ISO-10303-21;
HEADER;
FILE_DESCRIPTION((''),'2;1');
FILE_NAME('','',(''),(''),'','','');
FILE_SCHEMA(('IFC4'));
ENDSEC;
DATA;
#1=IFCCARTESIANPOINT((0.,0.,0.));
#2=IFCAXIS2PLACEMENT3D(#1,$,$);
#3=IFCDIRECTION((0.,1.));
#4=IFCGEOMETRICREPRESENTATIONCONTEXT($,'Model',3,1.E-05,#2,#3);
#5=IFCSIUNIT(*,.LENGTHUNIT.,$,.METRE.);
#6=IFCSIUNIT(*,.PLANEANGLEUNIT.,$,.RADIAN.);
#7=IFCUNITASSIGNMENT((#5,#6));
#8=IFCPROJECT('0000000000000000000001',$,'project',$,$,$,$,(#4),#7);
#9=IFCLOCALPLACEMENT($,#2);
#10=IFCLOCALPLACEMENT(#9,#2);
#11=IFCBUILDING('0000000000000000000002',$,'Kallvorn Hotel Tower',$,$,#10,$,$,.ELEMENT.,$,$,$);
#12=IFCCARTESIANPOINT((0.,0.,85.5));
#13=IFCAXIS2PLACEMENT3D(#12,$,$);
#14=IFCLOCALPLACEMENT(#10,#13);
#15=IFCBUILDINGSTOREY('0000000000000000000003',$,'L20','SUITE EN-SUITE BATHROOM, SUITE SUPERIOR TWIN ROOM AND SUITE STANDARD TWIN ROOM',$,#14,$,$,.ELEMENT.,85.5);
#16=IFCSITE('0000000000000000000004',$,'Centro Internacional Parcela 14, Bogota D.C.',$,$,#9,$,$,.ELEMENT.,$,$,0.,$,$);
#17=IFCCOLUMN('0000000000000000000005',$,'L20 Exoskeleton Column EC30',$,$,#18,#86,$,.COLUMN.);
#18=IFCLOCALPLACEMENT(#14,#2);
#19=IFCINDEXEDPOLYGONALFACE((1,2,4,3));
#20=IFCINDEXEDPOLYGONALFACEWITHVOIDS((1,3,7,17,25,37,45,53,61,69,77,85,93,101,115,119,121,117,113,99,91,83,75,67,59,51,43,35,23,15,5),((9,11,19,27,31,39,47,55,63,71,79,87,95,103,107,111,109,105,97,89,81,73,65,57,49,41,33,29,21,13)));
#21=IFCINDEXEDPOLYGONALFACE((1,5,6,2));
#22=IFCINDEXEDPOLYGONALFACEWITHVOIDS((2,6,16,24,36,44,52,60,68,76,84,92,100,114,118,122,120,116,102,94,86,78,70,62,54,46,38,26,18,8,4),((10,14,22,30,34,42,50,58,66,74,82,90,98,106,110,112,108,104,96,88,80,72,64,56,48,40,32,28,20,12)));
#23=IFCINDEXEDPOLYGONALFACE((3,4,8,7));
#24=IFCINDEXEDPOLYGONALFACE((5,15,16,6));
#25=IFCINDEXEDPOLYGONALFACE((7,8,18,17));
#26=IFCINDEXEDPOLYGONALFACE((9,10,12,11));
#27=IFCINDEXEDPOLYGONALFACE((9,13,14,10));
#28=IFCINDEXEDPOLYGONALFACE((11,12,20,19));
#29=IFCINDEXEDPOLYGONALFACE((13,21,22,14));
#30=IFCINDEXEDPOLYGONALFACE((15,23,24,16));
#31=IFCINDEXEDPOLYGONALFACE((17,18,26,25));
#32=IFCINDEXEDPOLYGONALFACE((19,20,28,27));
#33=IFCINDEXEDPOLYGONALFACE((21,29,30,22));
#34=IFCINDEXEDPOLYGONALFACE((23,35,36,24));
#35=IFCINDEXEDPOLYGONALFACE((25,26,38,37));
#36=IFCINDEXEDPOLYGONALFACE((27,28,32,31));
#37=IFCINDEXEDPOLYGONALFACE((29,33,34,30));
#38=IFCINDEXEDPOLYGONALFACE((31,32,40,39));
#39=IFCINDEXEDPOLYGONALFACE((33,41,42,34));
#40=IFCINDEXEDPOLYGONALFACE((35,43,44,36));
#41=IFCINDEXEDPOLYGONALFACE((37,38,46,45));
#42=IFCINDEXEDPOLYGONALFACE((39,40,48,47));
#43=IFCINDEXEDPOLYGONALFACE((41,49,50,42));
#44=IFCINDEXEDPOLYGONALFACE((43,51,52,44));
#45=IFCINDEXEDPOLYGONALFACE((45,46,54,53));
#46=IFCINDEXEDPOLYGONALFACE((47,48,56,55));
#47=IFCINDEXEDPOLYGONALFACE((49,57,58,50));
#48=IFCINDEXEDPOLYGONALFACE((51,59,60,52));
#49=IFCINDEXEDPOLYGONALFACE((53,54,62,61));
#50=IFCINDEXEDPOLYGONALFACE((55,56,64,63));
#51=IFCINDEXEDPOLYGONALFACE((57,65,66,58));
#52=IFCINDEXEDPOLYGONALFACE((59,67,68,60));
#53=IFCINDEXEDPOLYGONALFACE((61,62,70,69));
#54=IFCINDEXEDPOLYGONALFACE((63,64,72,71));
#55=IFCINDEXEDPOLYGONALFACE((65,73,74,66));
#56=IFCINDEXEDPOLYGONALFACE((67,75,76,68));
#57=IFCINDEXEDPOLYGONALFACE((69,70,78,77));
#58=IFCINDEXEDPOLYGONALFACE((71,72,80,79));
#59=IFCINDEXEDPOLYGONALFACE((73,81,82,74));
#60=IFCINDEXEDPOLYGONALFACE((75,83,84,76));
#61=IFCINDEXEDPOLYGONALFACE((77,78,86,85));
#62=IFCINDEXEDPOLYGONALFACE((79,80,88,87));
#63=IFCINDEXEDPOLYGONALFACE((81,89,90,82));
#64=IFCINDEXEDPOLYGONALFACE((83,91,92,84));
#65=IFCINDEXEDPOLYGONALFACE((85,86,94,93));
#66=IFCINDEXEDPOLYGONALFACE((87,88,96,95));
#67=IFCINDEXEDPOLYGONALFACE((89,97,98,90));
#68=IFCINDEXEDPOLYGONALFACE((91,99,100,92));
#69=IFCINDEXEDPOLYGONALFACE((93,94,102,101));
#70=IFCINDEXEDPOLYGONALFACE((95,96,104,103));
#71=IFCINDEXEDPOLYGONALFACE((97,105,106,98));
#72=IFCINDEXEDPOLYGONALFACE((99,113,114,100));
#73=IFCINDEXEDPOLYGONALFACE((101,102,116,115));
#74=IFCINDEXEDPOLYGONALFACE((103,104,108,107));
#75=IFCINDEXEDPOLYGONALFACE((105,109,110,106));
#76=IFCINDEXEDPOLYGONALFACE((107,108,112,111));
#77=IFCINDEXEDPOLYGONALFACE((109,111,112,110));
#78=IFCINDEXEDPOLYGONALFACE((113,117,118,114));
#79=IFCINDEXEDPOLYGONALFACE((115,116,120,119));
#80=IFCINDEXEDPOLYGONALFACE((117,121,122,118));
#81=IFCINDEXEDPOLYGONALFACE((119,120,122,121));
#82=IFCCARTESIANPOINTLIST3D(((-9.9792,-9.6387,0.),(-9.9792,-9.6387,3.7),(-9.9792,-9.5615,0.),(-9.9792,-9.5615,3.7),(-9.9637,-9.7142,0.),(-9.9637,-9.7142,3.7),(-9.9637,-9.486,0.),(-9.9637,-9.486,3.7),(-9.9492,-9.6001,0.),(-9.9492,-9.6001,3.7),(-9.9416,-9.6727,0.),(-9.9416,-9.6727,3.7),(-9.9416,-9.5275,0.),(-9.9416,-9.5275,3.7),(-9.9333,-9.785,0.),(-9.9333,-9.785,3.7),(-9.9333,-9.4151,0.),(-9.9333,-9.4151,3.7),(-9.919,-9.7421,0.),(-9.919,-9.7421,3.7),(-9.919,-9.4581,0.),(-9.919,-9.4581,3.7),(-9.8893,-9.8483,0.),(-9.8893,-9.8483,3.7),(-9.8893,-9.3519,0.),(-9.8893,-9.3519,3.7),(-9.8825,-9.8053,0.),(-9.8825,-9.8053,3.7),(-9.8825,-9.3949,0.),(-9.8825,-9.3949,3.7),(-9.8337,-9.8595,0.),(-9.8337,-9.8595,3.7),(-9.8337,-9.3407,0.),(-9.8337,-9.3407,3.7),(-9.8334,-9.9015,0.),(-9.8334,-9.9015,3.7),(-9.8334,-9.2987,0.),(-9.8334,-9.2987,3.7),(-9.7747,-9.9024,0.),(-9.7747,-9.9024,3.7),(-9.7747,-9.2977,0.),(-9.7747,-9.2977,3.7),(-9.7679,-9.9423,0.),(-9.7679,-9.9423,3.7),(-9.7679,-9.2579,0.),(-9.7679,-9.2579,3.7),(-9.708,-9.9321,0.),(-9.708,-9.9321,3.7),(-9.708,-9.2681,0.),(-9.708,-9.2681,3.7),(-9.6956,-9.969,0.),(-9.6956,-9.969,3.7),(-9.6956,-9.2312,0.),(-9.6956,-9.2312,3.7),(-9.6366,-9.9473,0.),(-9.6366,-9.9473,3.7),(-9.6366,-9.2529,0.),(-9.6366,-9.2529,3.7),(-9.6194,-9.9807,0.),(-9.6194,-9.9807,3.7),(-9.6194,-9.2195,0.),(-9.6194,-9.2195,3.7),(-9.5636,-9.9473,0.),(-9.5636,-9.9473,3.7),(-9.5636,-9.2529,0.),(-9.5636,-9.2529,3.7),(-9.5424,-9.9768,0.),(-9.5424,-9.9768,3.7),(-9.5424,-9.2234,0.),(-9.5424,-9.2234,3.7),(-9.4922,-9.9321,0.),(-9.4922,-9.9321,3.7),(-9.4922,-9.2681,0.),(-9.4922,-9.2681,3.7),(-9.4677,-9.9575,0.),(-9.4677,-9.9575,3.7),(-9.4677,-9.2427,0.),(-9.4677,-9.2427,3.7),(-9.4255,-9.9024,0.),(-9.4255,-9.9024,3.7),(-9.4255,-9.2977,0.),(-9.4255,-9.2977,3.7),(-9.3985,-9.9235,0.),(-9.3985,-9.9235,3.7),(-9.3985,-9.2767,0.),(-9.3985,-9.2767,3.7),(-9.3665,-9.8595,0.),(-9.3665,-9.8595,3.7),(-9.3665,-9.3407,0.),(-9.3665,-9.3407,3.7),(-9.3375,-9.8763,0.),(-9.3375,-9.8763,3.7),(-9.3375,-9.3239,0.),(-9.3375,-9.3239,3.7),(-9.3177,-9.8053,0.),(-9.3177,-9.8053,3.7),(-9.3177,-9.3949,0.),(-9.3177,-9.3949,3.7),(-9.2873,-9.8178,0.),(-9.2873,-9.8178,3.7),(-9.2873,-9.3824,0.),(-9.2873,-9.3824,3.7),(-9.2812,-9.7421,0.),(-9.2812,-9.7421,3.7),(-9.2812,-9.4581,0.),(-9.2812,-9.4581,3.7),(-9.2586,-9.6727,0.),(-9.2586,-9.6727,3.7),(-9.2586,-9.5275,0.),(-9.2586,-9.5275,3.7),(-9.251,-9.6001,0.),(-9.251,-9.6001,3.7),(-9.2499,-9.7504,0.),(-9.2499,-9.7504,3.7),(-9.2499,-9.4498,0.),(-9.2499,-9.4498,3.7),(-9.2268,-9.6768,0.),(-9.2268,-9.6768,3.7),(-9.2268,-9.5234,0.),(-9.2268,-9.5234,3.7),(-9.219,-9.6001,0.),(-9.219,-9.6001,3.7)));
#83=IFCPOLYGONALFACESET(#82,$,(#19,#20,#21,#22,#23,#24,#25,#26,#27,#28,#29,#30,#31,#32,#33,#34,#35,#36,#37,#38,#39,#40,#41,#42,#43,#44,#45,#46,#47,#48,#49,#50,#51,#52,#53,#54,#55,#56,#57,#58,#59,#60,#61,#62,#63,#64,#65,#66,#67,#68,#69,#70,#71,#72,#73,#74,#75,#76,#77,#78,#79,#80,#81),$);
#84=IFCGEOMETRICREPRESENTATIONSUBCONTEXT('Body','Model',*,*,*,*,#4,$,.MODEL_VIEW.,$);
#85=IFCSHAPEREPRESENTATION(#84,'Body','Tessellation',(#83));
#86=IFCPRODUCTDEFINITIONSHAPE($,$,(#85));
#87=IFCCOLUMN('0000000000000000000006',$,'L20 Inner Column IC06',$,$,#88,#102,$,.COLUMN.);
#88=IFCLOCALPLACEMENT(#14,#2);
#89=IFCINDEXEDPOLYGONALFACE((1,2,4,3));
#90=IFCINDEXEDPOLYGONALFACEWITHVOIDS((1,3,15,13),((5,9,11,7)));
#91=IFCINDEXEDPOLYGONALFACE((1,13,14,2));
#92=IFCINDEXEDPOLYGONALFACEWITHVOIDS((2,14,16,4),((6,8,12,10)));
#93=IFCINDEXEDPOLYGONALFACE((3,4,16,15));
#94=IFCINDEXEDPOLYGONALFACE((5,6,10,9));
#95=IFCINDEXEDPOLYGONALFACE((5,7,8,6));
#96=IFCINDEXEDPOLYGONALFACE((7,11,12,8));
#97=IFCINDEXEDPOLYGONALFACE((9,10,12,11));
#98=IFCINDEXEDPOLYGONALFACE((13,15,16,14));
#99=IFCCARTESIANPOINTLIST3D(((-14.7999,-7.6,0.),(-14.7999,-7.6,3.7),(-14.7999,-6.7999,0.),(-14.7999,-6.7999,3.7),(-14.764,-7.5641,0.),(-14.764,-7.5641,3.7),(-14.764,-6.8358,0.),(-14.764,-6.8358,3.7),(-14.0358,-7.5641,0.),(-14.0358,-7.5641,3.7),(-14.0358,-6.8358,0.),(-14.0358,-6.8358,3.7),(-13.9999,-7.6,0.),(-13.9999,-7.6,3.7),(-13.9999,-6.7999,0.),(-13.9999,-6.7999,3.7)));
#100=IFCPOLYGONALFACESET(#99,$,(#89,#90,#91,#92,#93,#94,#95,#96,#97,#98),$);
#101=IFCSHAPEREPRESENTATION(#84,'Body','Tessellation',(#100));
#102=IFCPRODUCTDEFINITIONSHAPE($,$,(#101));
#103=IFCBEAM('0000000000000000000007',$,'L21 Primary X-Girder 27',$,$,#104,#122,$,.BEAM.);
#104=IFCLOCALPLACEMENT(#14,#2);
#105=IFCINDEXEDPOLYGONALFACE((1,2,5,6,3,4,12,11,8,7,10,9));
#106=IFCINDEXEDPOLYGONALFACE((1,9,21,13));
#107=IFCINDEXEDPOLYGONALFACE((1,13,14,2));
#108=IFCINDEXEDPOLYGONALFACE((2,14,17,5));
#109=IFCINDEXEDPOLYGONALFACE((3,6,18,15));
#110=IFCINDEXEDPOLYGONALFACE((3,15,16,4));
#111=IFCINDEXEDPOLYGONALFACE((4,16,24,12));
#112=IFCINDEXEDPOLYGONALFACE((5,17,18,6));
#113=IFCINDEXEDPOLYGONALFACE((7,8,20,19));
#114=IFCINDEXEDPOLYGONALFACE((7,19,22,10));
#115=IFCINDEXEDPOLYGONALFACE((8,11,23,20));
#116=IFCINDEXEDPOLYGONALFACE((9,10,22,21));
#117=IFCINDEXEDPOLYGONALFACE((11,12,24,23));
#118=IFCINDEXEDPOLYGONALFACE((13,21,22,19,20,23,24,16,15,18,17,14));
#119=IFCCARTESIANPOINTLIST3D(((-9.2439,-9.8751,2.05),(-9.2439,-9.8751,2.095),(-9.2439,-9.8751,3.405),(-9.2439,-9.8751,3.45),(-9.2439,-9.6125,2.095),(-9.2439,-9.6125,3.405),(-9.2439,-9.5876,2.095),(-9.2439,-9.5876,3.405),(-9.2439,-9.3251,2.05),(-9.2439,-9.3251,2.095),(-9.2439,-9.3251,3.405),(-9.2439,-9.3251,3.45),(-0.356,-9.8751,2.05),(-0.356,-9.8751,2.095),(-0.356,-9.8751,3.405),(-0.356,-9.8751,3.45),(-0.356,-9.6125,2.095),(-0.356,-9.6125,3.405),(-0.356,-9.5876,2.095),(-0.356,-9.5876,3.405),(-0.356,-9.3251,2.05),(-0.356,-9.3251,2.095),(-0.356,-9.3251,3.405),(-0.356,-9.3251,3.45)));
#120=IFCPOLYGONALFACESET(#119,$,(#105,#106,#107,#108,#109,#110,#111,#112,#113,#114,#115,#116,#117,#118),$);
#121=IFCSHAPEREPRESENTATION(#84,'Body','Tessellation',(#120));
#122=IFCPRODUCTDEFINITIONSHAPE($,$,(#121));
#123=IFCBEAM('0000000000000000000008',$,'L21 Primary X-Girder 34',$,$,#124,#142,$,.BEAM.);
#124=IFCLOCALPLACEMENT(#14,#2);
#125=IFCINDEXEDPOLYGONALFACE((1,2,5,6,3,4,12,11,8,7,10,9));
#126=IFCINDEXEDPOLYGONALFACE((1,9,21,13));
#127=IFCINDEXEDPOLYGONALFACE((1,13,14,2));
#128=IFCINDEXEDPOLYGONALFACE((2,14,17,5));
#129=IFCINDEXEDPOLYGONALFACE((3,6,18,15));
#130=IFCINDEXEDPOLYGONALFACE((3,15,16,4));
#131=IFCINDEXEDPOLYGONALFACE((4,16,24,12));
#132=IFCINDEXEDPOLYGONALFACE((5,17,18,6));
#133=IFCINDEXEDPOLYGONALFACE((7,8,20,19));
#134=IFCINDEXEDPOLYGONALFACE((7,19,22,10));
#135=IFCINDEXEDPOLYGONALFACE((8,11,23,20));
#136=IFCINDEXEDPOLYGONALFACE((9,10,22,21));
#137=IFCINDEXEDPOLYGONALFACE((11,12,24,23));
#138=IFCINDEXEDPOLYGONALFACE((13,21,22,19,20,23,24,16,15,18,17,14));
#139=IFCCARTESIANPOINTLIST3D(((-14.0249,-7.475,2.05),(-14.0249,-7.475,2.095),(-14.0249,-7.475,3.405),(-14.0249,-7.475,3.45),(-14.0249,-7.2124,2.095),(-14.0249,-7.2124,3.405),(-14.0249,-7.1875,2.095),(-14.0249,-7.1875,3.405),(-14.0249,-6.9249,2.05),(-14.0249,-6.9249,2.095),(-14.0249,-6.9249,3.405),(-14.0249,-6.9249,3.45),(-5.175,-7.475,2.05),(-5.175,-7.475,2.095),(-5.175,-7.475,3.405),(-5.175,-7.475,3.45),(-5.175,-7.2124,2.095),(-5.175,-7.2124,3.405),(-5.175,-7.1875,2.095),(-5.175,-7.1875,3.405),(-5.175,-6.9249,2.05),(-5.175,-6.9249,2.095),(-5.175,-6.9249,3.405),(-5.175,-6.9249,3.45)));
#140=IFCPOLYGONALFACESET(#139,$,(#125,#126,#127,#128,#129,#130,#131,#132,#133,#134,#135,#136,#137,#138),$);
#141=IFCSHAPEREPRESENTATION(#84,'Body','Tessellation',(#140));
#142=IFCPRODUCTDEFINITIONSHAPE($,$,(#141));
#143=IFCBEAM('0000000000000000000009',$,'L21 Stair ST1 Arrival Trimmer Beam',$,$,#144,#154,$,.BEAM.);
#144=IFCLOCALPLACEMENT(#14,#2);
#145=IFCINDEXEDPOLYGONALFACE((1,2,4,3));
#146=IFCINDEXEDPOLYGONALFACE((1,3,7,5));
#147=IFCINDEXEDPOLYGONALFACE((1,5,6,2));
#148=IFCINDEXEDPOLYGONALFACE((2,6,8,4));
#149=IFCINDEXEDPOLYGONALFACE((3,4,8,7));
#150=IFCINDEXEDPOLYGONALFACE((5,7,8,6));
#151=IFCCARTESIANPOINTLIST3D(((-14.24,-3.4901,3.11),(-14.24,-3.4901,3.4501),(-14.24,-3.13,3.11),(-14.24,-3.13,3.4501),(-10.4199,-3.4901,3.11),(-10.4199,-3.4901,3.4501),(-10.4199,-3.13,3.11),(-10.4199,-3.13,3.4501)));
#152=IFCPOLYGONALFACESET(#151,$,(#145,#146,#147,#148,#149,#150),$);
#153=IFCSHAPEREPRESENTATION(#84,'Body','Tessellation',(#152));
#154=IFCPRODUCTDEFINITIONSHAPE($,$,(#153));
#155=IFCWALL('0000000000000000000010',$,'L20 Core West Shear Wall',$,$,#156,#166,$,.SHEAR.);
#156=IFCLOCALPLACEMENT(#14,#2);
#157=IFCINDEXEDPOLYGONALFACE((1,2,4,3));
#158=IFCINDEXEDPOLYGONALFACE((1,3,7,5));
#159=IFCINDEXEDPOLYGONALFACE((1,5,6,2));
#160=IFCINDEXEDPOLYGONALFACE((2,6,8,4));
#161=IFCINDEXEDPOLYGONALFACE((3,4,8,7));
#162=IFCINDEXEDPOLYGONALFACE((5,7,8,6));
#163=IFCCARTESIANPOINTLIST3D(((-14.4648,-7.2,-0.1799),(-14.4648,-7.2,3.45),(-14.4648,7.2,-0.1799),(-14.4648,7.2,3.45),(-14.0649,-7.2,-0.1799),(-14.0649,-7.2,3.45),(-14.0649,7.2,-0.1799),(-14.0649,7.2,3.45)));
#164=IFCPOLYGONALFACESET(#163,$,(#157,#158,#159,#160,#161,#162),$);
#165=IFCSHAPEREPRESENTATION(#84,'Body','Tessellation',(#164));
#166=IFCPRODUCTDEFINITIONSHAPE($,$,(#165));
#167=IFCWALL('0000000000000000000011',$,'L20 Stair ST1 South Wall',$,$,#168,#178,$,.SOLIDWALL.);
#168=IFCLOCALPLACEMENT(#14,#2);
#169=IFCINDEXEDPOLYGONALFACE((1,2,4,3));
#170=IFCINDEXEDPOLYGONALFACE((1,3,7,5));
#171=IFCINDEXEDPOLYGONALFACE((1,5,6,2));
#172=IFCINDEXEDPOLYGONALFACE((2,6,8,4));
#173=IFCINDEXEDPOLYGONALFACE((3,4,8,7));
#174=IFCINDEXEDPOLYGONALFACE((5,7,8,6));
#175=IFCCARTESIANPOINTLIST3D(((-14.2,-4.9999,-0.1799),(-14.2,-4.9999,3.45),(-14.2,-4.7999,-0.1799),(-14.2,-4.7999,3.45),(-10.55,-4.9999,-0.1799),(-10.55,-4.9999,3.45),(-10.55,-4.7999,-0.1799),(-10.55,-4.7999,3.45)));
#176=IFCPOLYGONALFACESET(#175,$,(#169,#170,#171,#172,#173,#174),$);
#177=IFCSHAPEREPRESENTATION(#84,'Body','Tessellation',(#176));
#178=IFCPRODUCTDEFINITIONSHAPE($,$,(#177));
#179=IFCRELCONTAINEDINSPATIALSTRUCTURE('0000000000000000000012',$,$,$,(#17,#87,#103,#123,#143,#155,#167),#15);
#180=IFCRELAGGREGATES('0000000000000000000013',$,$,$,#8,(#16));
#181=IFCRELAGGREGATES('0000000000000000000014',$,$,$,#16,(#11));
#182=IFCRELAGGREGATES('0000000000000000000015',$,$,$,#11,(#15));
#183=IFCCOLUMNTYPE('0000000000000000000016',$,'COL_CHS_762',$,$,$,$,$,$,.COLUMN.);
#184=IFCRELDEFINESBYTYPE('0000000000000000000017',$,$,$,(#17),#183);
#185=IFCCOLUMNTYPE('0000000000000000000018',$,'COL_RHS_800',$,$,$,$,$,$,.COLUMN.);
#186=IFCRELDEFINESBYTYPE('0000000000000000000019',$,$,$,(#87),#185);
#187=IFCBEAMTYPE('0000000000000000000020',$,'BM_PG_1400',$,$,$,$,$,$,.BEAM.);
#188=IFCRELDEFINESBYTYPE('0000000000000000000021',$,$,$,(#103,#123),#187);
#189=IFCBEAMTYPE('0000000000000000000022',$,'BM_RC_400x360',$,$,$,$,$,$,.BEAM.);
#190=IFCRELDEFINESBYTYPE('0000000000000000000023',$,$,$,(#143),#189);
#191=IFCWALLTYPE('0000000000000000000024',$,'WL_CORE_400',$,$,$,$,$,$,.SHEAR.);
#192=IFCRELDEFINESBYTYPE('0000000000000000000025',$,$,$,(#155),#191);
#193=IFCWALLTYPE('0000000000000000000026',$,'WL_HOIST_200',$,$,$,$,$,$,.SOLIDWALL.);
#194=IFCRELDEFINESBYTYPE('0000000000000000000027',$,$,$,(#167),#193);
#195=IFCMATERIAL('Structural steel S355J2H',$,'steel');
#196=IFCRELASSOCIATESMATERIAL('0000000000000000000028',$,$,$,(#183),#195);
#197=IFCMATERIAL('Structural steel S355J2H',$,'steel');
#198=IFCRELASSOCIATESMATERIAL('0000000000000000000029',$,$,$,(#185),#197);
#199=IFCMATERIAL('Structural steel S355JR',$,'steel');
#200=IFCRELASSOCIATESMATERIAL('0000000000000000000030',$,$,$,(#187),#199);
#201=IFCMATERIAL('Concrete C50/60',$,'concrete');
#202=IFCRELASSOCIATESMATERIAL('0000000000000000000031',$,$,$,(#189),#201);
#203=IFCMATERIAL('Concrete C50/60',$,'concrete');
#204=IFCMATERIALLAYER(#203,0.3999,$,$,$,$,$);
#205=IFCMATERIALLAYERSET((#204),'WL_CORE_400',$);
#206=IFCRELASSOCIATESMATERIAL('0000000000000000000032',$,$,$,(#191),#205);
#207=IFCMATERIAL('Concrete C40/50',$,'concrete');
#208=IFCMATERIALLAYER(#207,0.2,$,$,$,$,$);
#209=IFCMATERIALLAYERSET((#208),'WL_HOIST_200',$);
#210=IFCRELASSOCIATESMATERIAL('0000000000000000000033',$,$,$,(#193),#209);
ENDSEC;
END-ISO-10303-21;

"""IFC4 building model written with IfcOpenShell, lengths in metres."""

from ifc_helpers import new_model, si_unit, direction, frame, frame_2d, origin, origin_2d, place, context, subcontext, project, spatial, rectangle, hollow_rectangle, hollow_circle, i_section, extrude, material, layer, layer_set, material_profile, profile_set, type_object, element, save


model = new_model("IFC4")

# Units and contexts
model_context = context("Model", 3, precision=1e-05, world=origin(), true_north=direction((0.0, 1.0)))
body_context = subcontext(model_context, "Body", "Model", "MODEL_VIEW")
ifc_project = project(units=[si_unit("LENGTHUNIT", "METRE"), si_unit("PLANEANGLEUNIT", "RADIAN")], contexts=[model_context])

# Site, building, storey
site_placement = place(None, origin())
site = spatial("IfcSite", under=ifc_project, at=site_placement, Name="Centro Internacional Parcela 14, Bogota D.C.", CompositionType="ELEMENT", RefElevation=0.0)
building_placement = place(site_placement, origin())
building = spatial("IfcBuilding", under=site, at=building_placement, Name="Kallvorn Hotel Tower", CompositionType="ELEMENT")
storey_placement = place(building_placement, frame((0.0, 0.0, 85.5)))
storey = spatial("IfcBuildingStorey", under=building, at=storey_placement, Name="L20", Description="SUITE EN-SUITE BATHROOM, SUITE SUPERIOR TWIN ROOM AND SUITE STANDARD TWIN ROOM", CompositionType="ELEMENT", Elevation=85.5)

# Columns
ifc_material_1 = material(Name="Structural steel S355J2H", Category="steel")
ifc_material_profile_1 = material_profile(ifc_material_1, hollow_circle(Radius=0.3811, WallThickness=0.032, at=origin_2d()), Name="CHS 762x32")
ifc_profile_set_1 = profile_set([ifc_material_profile_1], Name="Structural steel S355J2H")
column_type_1 = type_object("IfcColumnType", Name="COL_CHS_762", PredefinedType="COLUMN", material=ifc_profile_set_1)
column_1_placement = place(storey_placement, frame((-9.6001, -9.6001, 0.0), z_axis=(0.0, 0.0, 1.0), x_axis=(1.0, 0.0, 0.0)))
element("IfcColumn", 1, at=column_1_placement, inside=storey, type_object=column_type_1, Name="L20 Exoskeleton Column EC30", PredefinedType="COLUMN", context=body_context, shape_type="SweptSolid", body=[
    extrude(hollow_circle(Radius=0.3811, WallThickness=0.032, at=origin_2d()), origin(), (0.0, 0.0, 1.0), 3.7),
])
ifc_material_2 = material(Name="Structural steel S355J2H", Category="steel")
ifc_material_profile_2 = material_profile(ifc_material_2, hollow_rectangle(XDim=0.8, YDim=0.8, WallThickness=0.0359, at=origin_2d()), Name="RHS 800x800x36")
ifc_profile_set_2 = profile_set([ifc_material_profile_2], Name="Structural steel S355J2H")
column_type_2 = type_object("IfcColumnType", Name="COL_RHS_800", PredefinedType="COLUMN", material=ifc_profile_set_2)
column_2_placement = place(storey_placement, frame((-14.3999, -7.2, 0.0), z_axis=(0.0, 0.0, 1.0), x_axis=(1.0, 0.0, 0.0)))
element("IfcColumn", 2, at=column_2_placement, inside=storey, type_object=column_type_2, Name="L20 Inner Column IC06", PredefinedType="COLUMN", context=body_context, shape_type="SweptSolid", body=[
    extrude(hollow_rectangle(XDim=0.8, YDim=0.8, WallThickness=0.0359, at=origin_2d()), origin(), (0.0, 0.0, 1.0), 3.7),
])

# Beams
ifc_material_3 = material(Name="Structural steel S355JR", Category="steel")
ifc_material_profile_3 = material_profile(ifc_material_3, i_section(OverallWidth=0.55, OverallDepth=1.3999, WebThickness=0.0249, FlangeThickness=0.0449, at=origin_2d()), Name="PG 1400x550x25x45")
ifc_profile_set_3 = profile_set([ifc_material_profile_3], Name="Structural steel S355JR")
beam_type_1 = type_object("IfcBeamType", Name="BM_PG_1400", PredefinedType="BEAM", material=ifc_profile_set_3)
beam_1_placement = place(storey_placement, frame((-9.2439, -9.6001, 2.75), z_axis=(1.0, 0.0, 0.0), x_axis=(0.0, 1.0, 0.0)))
element("IfcBeam", 3, at=beam_1_placement, inside=storey, type_object=beam_type_1, Name="L21 Primary X-Girder 27", PredefinedType="BEAM", context=body_context, shape_type="SweptSolid", body=[
    extrude(i_section(OverallWidth=0.55, OverallDepth=1.3999, WebThickness=0.0249, FlangeThickness=0.0449, at=origin_2d()), origin(), (0.0, 0.0, 1.0), 8.8879),
])
beam_2_placement = place(storey_placement, frame((-14.0249, -7.2, 2.75), z_axis=(1.0, 0.0, 0.0), x_axis=(0.0, 1.0, 0.0)))
element("IfcBeam", 4, at=beam_2_placement, inside=storey, type_object=beam_type_1, Name="L21 Primary X-Girder 34", PredefinedType="BEAM", context=body_context, shape_type="SweptSolid", body=[
    extrude(i_section(OverallWidth=0.55, OverallDepth=1.3999, WebThickness=0.0249, FlangeThickness=0.0449, at=origin_2d()), origin(), (0.0, 0.0, 1.0), 8.8499),
])
ifc_material_4 = material(Name="Concrete C50/60", Category="concrete")
ifc_material_profile_4 = material_profile(ifc_material_4, rectangle(XDim=0.3601, YDim=0.3401, at=origin_2d()), Name="RC 360x340")
ifc_profile_set_4 = profile_set([ifc_material_profile_4], Name="Concrete C50/60")
beam_type_2 = type_object("IfcBeamType", Name="BM_RC_400x360", PredefinedType="BEAM", material=ifc_profile_set_4)
beam_3_placement = place(storey_placement, frame((-10.4199, -3.3101, 3.28), z_axis=(-1.0, 0.0, 0.0), x_axis=(0.0, -1.0, 0.0)))
element("IfcBeam", 5, at=beam_3_placement, inside=storey, type_object=beam_type_2, Name="L21 Stair ST1 Arrival Trimmer Beam", PredefinedType="BEAM", context=body_context, shape_type="SweptSolid", body=[
    extrude(rectangle(XDim=0.3601, YDim=0.3401, at=origin_2d()), origin(), (0.0, 0.0, 1.0), 3.8201),
])

# Walls
ifc_material_5 = material(Name="Concrete C50/60", Category="concrete")
ifc_layer_1 = layer(ifc_material_5, 0.3999)
ifc_layer_set_1 = layer_set([ifc_layer_1], Name="WL_CORE_400")
wall_type_1 = type_object("IfcWallType", Name="WL_CORE_400", PredefinedType="SHEAR", material=ifc_layer_set_1)
wall_1_placement = place(storey_placement, frame((-14.2649, -7.2, -0.1799), z_axis=(0.0, 0.0, 1.0), x_axis=(0.0, 1.0, 0.0)))
element("IfcWall", 6, at=wall_1_placement, inside=storey, type_object=wall_type_1, Name="L20 Core West Shear Wall", PredefinedType="SHEAR", context=body_context, shape_type="SweptSolid", body=[
    extrude(rectangle(XDim=14.3999, YDim=0.3999, at=frame_2d((7.2, 0.0))), origin(), (0.0, 0.0, 1.0), 3.6299),
])
ifc_material_6 = material(Name="Concrete C40/50", Category="concrete")
ifc_layer_2 = layer(ifc_material_6, 0.2)
ifc_layer_set_2 = layer_set([ifc_layer_2], Name="WL_HOIST_200")
wall_type_2 = type_object("IfcWallType", Name="WL_HOIST_200", PredefinedType="SOLIDWALL", material=ifc_layer_set_2)
wall_2_placement = place(storey_placement, frame((-14.2, -4.8999, -0.1799), z_axis=(0.0, 0.0, 1.0), x_axis=(1.0, 0.0, 0.0)))
element("IfcWall", 7, at=wall_2_placement, inside=storey, type_object=wall_type_2, Name="L20 Stair ST1 South Wall", PredefinedType="SOLIDWALL", context=body_context, shape_type="SweptSolid", body=[
    extrude(rectangle(XDim=3.6499, YDim=0.2, at=frame_2d((1.825, 0.0))), origin(), (0.0, 0.0, 1.0), 3.6299),
])

save(model, "model.ifc")
